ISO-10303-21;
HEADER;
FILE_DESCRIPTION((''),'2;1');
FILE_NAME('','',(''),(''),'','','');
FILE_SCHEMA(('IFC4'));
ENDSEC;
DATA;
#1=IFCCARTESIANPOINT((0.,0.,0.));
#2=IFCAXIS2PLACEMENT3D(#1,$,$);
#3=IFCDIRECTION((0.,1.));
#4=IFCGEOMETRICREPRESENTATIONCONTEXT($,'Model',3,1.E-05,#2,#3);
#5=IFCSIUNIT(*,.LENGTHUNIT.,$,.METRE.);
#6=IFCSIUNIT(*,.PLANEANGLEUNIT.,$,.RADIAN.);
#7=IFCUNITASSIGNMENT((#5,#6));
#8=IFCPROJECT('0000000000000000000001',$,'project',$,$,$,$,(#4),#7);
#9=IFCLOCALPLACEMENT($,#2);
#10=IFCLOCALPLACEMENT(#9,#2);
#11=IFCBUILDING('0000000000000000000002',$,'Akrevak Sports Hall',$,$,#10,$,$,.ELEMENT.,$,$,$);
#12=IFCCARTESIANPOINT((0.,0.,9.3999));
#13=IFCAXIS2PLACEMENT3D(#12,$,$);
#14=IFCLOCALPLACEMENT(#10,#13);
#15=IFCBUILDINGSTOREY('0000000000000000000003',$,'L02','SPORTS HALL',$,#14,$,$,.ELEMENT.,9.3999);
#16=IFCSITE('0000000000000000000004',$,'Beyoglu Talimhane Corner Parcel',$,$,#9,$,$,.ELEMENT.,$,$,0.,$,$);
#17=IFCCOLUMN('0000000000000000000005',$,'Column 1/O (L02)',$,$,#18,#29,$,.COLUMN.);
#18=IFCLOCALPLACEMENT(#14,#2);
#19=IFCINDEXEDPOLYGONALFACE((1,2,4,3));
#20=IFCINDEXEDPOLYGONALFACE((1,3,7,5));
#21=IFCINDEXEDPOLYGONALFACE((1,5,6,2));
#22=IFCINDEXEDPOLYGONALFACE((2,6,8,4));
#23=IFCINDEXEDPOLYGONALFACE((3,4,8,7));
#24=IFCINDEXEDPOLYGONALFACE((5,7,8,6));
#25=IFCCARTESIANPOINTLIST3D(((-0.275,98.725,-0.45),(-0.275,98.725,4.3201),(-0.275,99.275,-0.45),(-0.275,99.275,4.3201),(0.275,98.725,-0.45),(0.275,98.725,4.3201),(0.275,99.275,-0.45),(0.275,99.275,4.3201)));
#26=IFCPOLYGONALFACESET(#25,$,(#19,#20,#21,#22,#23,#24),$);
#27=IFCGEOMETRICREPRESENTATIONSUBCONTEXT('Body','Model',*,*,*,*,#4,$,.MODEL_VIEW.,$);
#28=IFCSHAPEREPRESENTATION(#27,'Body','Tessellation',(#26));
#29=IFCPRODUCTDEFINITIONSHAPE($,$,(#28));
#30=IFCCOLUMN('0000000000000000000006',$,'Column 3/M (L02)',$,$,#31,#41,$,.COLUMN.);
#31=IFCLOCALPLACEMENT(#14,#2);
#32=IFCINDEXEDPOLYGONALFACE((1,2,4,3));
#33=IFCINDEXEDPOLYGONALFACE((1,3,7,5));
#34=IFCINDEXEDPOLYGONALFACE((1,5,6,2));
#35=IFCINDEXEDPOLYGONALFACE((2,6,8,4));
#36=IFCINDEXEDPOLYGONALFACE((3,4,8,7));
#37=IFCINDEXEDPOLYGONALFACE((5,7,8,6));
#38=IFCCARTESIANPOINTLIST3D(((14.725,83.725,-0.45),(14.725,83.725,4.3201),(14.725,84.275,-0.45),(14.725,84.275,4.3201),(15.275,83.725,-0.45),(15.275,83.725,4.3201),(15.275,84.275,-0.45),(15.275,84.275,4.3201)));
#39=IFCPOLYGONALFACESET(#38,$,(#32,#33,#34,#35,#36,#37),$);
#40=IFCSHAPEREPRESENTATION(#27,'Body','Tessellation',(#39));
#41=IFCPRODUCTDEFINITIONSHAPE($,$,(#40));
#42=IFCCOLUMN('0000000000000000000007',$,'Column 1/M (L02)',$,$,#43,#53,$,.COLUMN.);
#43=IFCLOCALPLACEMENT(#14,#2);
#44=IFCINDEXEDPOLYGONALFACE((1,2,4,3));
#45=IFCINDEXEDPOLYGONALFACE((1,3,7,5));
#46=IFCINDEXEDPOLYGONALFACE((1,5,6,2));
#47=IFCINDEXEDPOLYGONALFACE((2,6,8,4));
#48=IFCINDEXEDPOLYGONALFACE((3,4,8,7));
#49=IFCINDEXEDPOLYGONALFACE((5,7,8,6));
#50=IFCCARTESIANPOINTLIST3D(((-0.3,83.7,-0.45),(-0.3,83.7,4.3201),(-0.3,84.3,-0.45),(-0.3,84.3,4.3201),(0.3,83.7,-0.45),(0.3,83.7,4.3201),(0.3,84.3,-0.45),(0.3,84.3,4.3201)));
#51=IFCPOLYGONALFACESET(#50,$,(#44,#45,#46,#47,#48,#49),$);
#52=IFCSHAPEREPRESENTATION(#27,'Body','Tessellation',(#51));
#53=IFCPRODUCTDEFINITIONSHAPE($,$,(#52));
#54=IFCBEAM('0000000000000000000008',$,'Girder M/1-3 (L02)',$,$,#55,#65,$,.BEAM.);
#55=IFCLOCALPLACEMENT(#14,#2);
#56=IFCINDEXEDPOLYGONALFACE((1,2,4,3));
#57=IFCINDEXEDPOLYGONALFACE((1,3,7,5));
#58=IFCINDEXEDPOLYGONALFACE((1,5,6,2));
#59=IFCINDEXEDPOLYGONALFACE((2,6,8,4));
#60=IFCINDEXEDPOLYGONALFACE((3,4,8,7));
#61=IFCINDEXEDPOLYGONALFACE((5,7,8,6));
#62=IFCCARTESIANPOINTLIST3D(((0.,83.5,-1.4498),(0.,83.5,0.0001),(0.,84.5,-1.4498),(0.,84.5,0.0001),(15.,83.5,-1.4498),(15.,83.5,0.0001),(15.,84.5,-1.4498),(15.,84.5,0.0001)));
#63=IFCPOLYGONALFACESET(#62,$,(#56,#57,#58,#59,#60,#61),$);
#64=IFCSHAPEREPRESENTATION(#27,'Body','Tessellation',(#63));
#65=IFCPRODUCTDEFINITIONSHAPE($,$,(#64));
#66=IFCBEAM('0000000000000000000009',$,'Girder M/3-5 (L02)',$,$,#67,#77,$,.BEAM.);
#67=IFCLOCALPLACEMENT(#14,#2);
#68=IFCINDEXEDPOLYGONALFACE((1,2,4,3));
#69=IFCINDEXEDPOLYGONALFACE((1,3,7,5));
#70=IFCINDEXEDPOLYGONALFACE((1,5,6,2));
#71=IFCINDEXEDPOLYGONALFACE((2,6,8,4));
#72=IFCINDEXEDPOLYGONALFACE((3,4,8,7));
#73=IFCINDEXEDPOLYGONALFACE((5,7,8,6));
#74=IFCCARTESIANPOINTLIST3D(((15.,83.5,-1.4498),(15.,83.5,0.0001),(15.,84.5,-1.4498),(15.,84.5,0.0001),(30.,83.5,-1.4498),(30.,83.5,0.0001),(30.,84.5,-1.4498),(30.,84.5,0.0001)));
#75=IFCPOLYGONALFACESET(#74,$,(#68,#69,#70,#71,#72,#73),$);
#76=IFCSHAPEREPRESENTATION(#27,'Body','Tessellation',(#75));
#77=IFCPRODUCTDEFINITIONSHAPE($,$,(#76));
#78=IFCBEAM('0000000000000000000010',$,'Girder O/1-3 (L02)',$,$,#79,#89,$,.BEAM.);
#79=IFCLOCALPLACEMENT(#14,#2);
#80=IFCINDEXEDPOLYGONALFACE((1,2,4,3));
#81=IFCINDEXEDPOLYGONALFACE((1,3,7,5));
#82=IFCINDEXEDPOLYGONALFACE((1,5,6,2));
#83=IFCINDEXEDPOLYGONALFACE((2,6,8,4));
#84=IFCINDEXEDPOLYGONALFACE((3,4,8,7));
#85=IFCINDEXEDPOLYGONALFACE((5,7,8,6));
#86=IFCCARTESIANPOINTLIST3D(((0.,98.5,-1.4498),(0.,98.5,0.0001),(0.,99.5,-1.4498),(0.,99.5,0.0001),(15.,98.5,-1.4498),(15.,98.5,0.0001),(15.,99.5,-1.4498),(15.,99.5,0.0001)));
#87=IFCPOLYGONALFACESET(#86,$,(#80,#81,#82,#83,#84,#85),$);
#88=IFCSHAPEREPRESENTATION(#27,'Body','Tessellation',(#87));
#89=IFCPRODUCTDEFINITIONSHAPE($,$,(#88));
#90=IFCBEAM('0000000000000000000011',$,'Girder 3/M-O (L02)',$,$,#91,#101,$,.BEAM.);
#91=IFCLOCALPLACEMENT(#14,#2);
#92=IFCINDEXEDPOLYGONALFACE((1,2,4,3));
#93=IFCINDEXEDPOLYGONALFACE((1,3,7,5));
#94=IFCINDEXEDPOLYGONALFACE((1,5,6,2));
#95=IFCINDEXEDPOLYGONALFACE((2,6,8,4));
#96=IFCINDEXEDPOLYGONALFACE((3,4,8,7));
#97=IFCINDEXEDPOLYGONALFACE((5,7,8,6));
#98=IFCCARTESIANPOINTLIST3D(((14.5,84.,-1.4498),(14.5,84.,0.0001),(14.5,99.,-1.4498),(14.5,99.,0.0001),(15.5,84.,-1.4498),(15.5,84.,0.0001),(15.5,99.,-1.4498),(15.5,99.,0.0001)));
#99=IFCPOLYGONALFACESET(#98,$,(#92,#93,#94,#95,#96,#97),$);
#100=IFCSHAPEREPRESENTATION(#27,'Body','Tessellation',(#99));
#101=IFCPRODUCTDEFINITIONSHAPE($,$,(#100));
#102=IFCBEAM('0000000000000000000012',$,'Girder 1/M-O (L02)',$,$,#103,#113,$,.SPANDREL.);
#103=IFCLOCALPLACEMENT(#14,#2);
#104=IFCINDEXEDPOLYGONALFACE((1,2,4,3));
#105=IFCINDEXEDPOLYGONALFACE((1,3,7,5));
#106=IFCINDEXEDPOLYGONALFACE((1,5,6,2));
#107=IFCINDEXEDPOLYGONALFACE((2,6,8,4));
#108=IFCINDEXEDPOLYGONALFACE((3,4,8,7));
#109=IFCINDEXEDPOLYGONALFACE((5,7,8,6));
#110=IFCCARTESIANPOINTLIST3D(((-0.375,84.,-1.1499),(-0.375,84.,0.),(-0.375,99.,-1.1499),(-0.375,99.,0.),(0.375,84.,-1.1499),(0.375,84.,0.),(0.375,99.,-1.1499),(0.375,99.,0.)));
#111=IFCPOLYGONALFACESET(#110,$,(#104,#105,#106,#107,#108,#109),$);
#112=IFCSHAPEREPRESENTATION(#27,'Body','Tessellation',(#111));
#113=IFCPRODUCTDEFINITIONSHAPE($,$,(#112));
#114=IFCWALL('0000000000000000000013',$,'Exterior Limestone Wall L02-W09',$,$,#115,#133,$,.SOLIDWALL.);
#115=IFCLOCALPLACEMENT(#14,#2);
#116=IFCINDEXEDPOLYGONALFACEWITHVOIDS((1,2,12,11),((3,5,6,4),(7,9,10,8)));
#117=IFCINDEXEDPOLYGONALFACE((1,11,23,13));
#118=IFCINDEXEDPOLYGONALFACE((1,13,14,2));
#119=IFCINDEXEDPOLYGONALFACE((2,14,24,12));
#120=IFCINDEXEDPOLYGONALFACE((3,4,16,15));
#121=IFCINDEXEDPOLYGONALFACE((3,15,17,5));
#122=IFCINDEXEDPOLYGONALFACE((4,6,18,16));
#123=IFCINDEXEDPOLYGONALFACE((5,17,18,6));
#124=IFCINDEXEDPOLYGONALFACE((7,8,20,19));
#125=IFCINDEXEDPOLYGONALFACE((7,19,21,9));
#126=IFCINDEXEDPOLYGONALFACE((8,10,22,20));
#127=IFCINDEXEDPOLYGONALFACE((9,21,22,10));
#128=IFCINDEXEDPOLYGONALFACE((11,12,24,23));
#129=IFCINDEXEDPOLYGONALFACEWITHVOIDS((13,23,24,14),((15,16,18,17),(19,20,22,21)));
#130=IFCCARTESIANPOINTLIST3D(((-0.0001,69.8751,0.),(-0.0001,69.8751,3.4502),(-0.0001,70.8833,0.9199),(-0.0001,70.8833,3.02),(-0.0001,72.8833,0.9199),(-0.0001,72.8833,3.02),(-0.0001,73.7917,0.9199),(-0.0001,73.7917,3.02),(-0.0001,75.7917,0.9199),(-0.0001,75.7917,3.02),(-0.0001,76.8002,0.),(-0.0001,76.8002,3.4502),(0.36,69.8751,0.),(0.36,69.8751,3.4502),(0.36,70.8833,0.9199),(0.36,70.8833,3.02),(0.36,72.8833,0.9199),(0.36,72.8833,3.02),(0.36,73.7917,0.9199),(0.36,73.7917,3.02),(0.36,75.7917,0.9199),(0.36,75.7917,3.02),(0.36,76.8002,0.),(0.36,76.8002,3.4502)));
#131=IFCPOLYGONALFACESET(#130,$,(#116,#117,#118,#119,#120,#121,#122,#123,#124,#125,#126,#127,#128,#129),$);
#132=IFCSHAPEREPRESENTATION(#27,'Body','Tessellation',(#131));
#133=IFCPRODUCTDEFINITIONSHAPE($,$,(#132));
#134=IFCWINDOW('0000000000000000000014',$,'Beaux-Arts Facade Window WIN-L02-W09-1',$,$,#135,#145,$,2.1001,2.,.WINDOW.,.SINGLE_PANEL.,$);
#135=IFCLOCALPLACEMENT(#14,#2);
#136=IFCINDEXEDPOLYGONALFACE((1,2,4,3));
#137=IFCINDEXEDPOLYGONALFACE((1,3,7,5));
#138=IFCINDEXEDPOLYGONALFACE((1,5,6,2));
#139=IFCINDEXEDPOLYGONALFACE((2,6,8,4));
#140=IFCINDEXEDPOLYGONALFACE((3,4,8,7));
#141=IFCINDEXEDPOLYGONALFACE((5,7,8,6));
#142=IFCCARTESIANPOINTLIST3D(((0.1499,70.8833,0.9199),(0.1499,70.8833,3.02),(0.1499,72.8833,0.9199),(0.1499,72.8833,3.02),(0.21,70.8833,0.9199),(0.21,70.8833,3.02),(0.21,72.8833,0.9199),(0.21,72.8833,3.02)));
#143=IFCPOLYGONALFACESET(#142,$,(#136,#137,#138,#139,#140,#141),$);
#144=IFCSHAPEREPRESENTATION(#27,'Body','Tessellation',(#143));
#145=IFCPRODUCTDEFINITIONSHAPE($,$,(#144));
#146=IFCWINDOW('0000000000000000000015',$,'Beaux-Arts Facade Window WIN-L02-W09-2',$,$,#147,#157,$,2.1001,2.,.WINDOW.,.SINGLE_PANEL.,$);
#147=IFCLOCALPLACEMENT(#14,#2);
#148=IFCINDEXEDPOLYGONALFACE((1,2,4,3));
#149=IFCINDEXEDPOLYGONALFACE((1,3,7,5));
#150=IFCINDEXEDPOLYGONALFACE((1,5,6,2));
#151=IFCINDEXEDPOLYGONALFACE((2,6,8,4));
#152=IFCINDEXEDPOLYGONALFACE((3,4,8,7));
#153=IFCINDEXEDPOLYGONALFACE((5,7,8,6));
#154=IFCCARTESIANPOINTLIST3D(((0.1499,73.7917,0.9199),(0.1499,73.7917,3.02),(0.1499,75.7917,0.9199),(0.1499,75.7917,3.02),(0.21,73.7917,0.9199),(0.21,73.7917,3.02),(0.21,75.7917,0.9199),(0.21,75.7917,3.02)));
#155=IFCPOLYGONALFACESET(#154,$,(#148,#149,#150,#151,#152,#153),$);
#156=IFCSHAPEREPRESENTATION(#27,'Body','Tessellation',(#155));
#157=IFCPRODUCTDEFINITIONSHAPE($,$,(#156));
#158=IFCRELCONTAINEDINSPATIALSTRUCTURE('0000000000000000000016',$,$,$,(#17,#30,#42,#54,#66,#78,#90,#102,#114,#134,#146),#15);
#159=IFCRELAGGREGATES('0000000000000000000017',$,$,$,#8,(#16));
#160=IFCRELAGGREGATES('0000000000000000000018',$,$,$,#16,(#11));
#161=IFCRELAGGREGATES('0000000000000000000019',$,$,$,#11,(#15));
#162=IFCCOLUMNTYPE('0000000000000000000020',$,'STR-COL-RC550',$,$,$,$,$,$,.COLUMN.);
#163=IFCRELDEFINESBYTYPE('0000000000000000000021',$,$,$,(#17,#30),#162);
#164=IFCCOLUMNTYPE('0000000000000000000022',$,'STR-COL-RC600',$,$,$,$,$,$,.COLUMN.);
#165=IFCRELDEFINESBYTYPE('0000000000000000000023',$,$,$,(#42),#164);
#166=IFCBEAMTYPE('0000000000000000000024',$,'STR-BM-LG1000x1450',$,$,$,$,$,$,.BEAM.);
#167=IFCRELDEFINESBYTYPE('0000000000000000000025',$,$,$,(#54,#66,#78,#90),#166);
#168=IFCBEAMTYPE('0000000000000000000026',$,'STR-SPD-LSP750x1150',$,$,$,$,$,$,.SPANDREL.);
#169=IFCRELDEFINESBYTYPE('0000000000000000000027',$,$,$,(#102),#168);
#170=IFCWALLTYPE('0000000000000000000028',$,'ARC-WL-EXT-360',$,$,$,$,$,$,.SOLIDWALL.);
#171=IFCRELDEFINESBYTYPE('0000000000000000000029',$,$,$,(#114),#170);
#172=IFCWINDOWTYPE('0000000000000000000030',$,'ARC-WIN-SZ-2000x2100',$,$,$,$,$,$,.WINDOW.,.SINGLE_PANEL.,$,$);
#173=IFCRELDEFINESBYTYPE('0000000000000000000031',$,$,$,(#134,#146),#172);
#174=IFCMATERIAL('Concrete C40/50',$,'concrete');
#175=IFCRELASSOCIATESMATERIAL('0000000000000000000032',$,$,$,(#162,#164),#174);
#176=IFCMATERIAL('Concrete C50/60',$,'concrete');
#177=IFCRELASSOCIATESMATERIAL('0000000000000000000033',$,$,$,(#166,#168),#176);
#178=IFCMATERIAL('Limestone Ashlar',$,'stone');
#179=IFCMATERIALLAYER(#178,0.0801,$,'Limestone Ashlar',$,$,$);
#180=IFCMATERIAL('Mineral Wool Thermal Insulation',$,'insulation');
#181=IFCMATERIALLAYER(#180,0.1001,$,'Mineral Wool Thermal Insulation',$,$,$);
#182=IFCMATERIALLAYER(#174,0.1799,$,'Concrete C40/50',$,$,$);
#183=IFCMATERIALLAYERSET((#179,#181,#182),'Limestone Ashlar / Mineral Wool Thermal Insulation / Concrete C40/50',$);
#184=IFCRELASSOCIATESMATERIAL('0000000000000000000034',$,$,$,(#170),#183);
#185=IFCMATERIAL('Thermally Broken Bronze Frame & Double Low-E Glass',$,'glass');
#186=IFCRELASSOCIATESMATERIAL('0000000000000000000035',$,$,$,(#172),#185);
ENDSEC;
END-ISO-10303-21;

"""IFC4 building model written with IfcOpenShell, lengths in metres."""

from ifc_helpers import new_model, si_unit, direction, frame, frame_2d, origin, origin_2d, place, context, subcontext, project, spatial, rectangle, extrude, material, layer, layer_set, material_profile, profile_set, type_object, element, fill, save


model = new_model("IFC4")

# Units and contexts
model_context = context("Model", 3, precision=1e-05, world=origin(), true_north=direction((0.0, 1.0)))
body_context = subcontext(model_context, "Body", "Model", "MODEL_VIEW")
ifc_project = project(units=[si_unit("LENGTHUNIT", "METRE"), si_unit("PLANEANGLEUNIT", "RADIAN")], contexts=[model_context])

# Site, building, storey
site_placement = place(None, origin())
site = spatial("IfcSite", under=ifc_project, at=site_placement, Name="Beyoglu Talimhane Corner Parcel", CompositionType="ELEMENT", RefElevation=0.0)
building_placement = place(site_placement, origin())
building = spatial("IfcBuilding", under=site, at=building_placement, Name="Akrevak Sports Hall", CompositionType="ELEMENT")
storey_placement = place(building_placement, frame((0.0, 0.0, 9.3999)))
storey = spatial("IfcBuildingStorey", under=building, at=storey_placement, Name="L02", Description="SPORTS HALL", CompositionType="ELEMENT", Elevation=9.3999)

# Columns
ifc_material_1 = material(Name="Concrete C40/50", Category="concrete")
ifc_material_profile_1 = material_profile(ifc_material_1, rectangle(XDim=0.55, YDim=0.55, at=origin_2d()), Name="RC 550x550", Category="concrete")
ifc_profile_set_1 = profile_set([ifc_material_profile_1], Name="Concrete C40/50")
column_type_1 = type_object("IfcColumnType", Name="STR-COL-RC550", PredefinedType="COLUMN", material=ifc_profile_set_1)
for number, where, z_axis, x_axis, name in (
    (1, (0.0, 99.0, -0.45), (0.0, 0.0, 1.0), (1.0, 0.0, 0.0), "Column 1/O (L02)"),
    (2, (15.0, 84.0, -0.45), (0.0, 0.0, 1.0), (1.0, 0.0, 0.0), "Column 3/M (L02)"),
):
    element("IfcColumn", number, at=place(storey_placement, frame(where, z_axis=z_axis, x_axis=x_axis)), inside=storey, type_object=column_type_1, Name=name, PredefinedType="COLUMN", context=body_context, shape_type="SweptSolid", body=[
        extrude(rectangle(XDim=0.55, YDim=0.55, at=origin_2d()), origin(), (0.0, 0.0, 1.0), 4.77),
    ])
ifc_material_profile_2 = material_profile(ifc_material_1, rectangle(XDim=0.6001, YDim=0.6001, at=origin_2d()), Name="RC 600x600", Category="concrete")
ifc_profile_set_2 = profile_set([ifc_material_profile_2], Name="Concrete C40/50")
column_type_2 = type_object("IfcColumnType", Name="STR-COL-RC600", PredefinedType="COLUMN", material=ifc_profile_set_2)
column_placement = place(storey_placement, frame((0.0, 84.0, -0.45), z_axis=(0.0, 0.0, 1.0), x_axis=(1.0, 0.0, 0.0)))
element("IfcColumn", 3, at=column_placement, inside=storey, type_object=column_type_2, Name="Column 1/M (L02)", PredefinedType="COLUMN", context=body_context, shape_type="SweptSolid", body=[
    extrude(rectangle(XDim=0.6001, YDim=0.6001, at=origin_2d()), origin(), (0.0, 0.0, 1.0), 4.77),
])

# Beams
ifc_material_2 = material(Name="Concrete C50/60", Category="concrete")
ifc_material_profile_3 = material_profile(ifc_material_2, rectangle(XDim=1.0, YDim=1.45, at=origin_2d()), Name="BM 1000x1450", Category="concrete")
ifc_profile_set_3 = profile_set([ifc_material_profile_3], Name="Concrete C50/60")
beam_type_1 = type_object("IfcBeamType", Name="STR-BM-LG1000x1450", PredefinedType="BEAM", material=ifc_profile_set_3)
for number, where, z_axis, x_axis, name in (
    (4, (0.0, 84.0, -0.7249), (1.0, 0.0, 0.0), (0.0, 1.0, 0.0), "Girder M/1-3 (L02)"),
    (5, (15.0, 84.0, -0.7249), (1.0, 0.0, 0.0), (0.0, 1.0, 0.0), "Girder M/3-5 (L02)"),
    (6, (0.0, 99.0, -0.7249), (1.0, 0.0, 0.0), (0.0, 1.0, 0.0), "Girder O/1-3 (L02)"),
    (7, (15.0, 84.0, -0.7249), (0.0, 1.0, 0.0), (-1.0, 0.0, 0.0), "Girder 3/M-O (L02)"),
):
    element("IfcBeam", number, at=place(storey_placement, frame(where, z_axis=z_axis, x_axis=x_axis)), inside=storey, type_object=beam_type_1, Name=name, PredefinedType="BEAM", context=body_context, shape_type="SweptSolid", body=[
        extrude(rectangle(XDim=1.0, YDim=1.45, at=origin_2d()), origin(), (0.0, 0.0, 1.0), 15.0),
    ])
ifc_material_profile_4 = material_profile(ifc_material_2, rectangle(XDim=0.75, YDim=1.1499, at=origin_2d()), Name="SPD 750x1150", Category="concrete")
ifc_profile_set_4 = profile_set([ifc_material_profile_4], Name="Concrete C50/60")
beam_type_2 = type_object("IfcBeamType", Name="STR-SPD-LSP750x1150", PredefinedType="SPANDREL", material=ifc_profile_set_4)
beam_placement = place(storey_placement, frame((0.0, 84.0, -0.575), z_axis=(0.0, 1.0, 0.0), x_axis=(-1.0, 0.0, 0.0)))
element("IfcBeam", 8, at=beam_placement, inside=storey, type_object=beam_type_2, Name="Girder 1/M-O (L02)", PredefinedType="SPANDREL", context=body_context, shape_type="SweptSolid", body=[
    extrude(rectangle(XDim=0.75, YDim=1.1499, at=origin_2d()), origin(), (0.0, 0.0, 1.0), 15.0),
])

# Wall, openings, windows
ifc_material_3 = material(Name="Limestone Ashlar", Category="stone")
ifc_layer_1 = layer(ifc_material_3, 0.0801, Name="Limestone Ashlar")
ifc_material_4 = material(Name="Mineral Wool Thermal Insulation", Category="insulation")
ifc_layer_2 = layer(ifc_material_4, 0.1001, Name="Mineral Wool Thermal Insulation")
ifc_layer_3 = layer(ifc_material_1, 0.1799, Name="Concrete C40/50")
ifc_layer_set_1 = layer_set([ifc_layer_1, ifc_layer_2, ifc_layer_3], Name="Limestone Ashlar / Mineral Wool Thermal Insulation / Concrete C40/50")
wall_type_1 = type_object("IfcWallType", Name="ARC-WL-EXT-360", PredefinedType="SOLIDWALL", material=ifc_layer_set_1)
wall_1_placement = place(storey_placement, frame((0.1799, 76.8, 0.0), z_axis=(0.0, 0.0, 1.0), x_axis=(0.0, -1.0, 0.0)))
wall_1 = element("IfcWall", 9, at=wall_1_placement, inside=storey, type_object=wall_type_1, Name="Exterior Limestone Wall L02-W09", PredefinedType="SOLIDWALL", context=body_context, shape_type="SweptSolid", body=[
    extrude(rectangle(XDim=6.925, YDim=0.3601, at=frame_2d((3.4624, 0.0))), origin(), (0.0, 0.0, 1.0), 3.4502),
])
opening_1_placement = place(wall_1_placement, frame((3.9167, 0.0, 0.9199)))
opening_1 = element("IfcOpeningElement", 10, at=opening_1_placement, cuts=wall_1, PredefinedType="OPENING", context=body_context, shape_type="SweptSolid", body=[
    extrude(rectangle(XDim=2.0, YDim=2.1001, at=frame_2d((1.0, 1.05))), frame((0.0, 0.1919, 0.0), z_axis=(0.0, -1.0, 0.0), x_axis=(1.0, 0.0, 0.0)), (0.0, 0.0, 1.0), 0.384),
])
opening_2_placement = place(wall_1_placement, frame((1.0083, 0.0, 0.9199)))
opening_2 = element("IfcOpeningElement", 11, at=opening_2_placement, cuts=wall_1, PredefinedType="OPENING", context=body_context, shape_type="SweptSolid", body=[
    extrude(rectangle(XDim=2.0, YDim=2.1001, at=frame_2d((1.0, 1.05))), frame((0.0, 0.1919, 0.0), z_axis=(0.0, -1.0, 0.0), x_axis=(1.0, 0.0, 0.0)), (0.0, 0.0, 1.0), 0.384),
])
ifc_material_5 = material(Name="Thermally Broken Bronze Frame & Double Low-E Glass", Category="glass")
window_type_1 = type_object("IfcWindowType", Name="ARC-WIN-SZ-2000x2100", PartitioningType="SINGLE_PANEL", PredefinedType="WINDOW", material=ifc_material_5)
window_1_placement = place(opening_1_placement, origin())
window_1 = element("IfcWindow", 12, at=window_1_placement, inside=storey, type_object=window_type_1, Name="Beaux-Arts Facade Window WIN-L02-W09-1", OverallHeight=2.1001, OverallWidth=2.0, PartitioningType="SINGLE_PANEL", PredefinedType="WINDOW", context=body_context, shape_type="SweptSolid", body=[
    extrude(rectangle(XDim=2.0, YDim=2.1001, at=frame_2d((1.0, 1.05))), frame((0.0, 0.03, 0.0), z_axis=(0.0, -1.0, 0.0), x_axis=(1.0, 0.0, 0.0)), (0.0, 0.0, 1.0), 0.0601),
])
fill(opening_1, window_1)
window_2_placement = place(opening_2_placement, origin())
window_2 = element("IfcWindow", 13, at=window_2_placement, inside=storey, type_object=window_type_1, Name="Beaux-Arts Facade Window WIN-L02-W09-2", OverallHeight=2.1001, OverallWidth=2.0, PartitioningType="SINGLE_PANEL", PredefinedType="WINDOW", context=body_context, shape_type="SweptSolid", body=[
    extrude(rectangle(XDim=2.0, YDim=2.1001, at=frame_2d((1.0, 1.05))), frame((0.0, 0.03, 0.0), z_axis=(0.0, -1.0, 0.0), x_axis=(1.0, 0.0, 0.0)), (0.0, 0.0, 1.0), 0.0601),
])
fill(opening_2, window_2)

save(model, "model.ifc")
